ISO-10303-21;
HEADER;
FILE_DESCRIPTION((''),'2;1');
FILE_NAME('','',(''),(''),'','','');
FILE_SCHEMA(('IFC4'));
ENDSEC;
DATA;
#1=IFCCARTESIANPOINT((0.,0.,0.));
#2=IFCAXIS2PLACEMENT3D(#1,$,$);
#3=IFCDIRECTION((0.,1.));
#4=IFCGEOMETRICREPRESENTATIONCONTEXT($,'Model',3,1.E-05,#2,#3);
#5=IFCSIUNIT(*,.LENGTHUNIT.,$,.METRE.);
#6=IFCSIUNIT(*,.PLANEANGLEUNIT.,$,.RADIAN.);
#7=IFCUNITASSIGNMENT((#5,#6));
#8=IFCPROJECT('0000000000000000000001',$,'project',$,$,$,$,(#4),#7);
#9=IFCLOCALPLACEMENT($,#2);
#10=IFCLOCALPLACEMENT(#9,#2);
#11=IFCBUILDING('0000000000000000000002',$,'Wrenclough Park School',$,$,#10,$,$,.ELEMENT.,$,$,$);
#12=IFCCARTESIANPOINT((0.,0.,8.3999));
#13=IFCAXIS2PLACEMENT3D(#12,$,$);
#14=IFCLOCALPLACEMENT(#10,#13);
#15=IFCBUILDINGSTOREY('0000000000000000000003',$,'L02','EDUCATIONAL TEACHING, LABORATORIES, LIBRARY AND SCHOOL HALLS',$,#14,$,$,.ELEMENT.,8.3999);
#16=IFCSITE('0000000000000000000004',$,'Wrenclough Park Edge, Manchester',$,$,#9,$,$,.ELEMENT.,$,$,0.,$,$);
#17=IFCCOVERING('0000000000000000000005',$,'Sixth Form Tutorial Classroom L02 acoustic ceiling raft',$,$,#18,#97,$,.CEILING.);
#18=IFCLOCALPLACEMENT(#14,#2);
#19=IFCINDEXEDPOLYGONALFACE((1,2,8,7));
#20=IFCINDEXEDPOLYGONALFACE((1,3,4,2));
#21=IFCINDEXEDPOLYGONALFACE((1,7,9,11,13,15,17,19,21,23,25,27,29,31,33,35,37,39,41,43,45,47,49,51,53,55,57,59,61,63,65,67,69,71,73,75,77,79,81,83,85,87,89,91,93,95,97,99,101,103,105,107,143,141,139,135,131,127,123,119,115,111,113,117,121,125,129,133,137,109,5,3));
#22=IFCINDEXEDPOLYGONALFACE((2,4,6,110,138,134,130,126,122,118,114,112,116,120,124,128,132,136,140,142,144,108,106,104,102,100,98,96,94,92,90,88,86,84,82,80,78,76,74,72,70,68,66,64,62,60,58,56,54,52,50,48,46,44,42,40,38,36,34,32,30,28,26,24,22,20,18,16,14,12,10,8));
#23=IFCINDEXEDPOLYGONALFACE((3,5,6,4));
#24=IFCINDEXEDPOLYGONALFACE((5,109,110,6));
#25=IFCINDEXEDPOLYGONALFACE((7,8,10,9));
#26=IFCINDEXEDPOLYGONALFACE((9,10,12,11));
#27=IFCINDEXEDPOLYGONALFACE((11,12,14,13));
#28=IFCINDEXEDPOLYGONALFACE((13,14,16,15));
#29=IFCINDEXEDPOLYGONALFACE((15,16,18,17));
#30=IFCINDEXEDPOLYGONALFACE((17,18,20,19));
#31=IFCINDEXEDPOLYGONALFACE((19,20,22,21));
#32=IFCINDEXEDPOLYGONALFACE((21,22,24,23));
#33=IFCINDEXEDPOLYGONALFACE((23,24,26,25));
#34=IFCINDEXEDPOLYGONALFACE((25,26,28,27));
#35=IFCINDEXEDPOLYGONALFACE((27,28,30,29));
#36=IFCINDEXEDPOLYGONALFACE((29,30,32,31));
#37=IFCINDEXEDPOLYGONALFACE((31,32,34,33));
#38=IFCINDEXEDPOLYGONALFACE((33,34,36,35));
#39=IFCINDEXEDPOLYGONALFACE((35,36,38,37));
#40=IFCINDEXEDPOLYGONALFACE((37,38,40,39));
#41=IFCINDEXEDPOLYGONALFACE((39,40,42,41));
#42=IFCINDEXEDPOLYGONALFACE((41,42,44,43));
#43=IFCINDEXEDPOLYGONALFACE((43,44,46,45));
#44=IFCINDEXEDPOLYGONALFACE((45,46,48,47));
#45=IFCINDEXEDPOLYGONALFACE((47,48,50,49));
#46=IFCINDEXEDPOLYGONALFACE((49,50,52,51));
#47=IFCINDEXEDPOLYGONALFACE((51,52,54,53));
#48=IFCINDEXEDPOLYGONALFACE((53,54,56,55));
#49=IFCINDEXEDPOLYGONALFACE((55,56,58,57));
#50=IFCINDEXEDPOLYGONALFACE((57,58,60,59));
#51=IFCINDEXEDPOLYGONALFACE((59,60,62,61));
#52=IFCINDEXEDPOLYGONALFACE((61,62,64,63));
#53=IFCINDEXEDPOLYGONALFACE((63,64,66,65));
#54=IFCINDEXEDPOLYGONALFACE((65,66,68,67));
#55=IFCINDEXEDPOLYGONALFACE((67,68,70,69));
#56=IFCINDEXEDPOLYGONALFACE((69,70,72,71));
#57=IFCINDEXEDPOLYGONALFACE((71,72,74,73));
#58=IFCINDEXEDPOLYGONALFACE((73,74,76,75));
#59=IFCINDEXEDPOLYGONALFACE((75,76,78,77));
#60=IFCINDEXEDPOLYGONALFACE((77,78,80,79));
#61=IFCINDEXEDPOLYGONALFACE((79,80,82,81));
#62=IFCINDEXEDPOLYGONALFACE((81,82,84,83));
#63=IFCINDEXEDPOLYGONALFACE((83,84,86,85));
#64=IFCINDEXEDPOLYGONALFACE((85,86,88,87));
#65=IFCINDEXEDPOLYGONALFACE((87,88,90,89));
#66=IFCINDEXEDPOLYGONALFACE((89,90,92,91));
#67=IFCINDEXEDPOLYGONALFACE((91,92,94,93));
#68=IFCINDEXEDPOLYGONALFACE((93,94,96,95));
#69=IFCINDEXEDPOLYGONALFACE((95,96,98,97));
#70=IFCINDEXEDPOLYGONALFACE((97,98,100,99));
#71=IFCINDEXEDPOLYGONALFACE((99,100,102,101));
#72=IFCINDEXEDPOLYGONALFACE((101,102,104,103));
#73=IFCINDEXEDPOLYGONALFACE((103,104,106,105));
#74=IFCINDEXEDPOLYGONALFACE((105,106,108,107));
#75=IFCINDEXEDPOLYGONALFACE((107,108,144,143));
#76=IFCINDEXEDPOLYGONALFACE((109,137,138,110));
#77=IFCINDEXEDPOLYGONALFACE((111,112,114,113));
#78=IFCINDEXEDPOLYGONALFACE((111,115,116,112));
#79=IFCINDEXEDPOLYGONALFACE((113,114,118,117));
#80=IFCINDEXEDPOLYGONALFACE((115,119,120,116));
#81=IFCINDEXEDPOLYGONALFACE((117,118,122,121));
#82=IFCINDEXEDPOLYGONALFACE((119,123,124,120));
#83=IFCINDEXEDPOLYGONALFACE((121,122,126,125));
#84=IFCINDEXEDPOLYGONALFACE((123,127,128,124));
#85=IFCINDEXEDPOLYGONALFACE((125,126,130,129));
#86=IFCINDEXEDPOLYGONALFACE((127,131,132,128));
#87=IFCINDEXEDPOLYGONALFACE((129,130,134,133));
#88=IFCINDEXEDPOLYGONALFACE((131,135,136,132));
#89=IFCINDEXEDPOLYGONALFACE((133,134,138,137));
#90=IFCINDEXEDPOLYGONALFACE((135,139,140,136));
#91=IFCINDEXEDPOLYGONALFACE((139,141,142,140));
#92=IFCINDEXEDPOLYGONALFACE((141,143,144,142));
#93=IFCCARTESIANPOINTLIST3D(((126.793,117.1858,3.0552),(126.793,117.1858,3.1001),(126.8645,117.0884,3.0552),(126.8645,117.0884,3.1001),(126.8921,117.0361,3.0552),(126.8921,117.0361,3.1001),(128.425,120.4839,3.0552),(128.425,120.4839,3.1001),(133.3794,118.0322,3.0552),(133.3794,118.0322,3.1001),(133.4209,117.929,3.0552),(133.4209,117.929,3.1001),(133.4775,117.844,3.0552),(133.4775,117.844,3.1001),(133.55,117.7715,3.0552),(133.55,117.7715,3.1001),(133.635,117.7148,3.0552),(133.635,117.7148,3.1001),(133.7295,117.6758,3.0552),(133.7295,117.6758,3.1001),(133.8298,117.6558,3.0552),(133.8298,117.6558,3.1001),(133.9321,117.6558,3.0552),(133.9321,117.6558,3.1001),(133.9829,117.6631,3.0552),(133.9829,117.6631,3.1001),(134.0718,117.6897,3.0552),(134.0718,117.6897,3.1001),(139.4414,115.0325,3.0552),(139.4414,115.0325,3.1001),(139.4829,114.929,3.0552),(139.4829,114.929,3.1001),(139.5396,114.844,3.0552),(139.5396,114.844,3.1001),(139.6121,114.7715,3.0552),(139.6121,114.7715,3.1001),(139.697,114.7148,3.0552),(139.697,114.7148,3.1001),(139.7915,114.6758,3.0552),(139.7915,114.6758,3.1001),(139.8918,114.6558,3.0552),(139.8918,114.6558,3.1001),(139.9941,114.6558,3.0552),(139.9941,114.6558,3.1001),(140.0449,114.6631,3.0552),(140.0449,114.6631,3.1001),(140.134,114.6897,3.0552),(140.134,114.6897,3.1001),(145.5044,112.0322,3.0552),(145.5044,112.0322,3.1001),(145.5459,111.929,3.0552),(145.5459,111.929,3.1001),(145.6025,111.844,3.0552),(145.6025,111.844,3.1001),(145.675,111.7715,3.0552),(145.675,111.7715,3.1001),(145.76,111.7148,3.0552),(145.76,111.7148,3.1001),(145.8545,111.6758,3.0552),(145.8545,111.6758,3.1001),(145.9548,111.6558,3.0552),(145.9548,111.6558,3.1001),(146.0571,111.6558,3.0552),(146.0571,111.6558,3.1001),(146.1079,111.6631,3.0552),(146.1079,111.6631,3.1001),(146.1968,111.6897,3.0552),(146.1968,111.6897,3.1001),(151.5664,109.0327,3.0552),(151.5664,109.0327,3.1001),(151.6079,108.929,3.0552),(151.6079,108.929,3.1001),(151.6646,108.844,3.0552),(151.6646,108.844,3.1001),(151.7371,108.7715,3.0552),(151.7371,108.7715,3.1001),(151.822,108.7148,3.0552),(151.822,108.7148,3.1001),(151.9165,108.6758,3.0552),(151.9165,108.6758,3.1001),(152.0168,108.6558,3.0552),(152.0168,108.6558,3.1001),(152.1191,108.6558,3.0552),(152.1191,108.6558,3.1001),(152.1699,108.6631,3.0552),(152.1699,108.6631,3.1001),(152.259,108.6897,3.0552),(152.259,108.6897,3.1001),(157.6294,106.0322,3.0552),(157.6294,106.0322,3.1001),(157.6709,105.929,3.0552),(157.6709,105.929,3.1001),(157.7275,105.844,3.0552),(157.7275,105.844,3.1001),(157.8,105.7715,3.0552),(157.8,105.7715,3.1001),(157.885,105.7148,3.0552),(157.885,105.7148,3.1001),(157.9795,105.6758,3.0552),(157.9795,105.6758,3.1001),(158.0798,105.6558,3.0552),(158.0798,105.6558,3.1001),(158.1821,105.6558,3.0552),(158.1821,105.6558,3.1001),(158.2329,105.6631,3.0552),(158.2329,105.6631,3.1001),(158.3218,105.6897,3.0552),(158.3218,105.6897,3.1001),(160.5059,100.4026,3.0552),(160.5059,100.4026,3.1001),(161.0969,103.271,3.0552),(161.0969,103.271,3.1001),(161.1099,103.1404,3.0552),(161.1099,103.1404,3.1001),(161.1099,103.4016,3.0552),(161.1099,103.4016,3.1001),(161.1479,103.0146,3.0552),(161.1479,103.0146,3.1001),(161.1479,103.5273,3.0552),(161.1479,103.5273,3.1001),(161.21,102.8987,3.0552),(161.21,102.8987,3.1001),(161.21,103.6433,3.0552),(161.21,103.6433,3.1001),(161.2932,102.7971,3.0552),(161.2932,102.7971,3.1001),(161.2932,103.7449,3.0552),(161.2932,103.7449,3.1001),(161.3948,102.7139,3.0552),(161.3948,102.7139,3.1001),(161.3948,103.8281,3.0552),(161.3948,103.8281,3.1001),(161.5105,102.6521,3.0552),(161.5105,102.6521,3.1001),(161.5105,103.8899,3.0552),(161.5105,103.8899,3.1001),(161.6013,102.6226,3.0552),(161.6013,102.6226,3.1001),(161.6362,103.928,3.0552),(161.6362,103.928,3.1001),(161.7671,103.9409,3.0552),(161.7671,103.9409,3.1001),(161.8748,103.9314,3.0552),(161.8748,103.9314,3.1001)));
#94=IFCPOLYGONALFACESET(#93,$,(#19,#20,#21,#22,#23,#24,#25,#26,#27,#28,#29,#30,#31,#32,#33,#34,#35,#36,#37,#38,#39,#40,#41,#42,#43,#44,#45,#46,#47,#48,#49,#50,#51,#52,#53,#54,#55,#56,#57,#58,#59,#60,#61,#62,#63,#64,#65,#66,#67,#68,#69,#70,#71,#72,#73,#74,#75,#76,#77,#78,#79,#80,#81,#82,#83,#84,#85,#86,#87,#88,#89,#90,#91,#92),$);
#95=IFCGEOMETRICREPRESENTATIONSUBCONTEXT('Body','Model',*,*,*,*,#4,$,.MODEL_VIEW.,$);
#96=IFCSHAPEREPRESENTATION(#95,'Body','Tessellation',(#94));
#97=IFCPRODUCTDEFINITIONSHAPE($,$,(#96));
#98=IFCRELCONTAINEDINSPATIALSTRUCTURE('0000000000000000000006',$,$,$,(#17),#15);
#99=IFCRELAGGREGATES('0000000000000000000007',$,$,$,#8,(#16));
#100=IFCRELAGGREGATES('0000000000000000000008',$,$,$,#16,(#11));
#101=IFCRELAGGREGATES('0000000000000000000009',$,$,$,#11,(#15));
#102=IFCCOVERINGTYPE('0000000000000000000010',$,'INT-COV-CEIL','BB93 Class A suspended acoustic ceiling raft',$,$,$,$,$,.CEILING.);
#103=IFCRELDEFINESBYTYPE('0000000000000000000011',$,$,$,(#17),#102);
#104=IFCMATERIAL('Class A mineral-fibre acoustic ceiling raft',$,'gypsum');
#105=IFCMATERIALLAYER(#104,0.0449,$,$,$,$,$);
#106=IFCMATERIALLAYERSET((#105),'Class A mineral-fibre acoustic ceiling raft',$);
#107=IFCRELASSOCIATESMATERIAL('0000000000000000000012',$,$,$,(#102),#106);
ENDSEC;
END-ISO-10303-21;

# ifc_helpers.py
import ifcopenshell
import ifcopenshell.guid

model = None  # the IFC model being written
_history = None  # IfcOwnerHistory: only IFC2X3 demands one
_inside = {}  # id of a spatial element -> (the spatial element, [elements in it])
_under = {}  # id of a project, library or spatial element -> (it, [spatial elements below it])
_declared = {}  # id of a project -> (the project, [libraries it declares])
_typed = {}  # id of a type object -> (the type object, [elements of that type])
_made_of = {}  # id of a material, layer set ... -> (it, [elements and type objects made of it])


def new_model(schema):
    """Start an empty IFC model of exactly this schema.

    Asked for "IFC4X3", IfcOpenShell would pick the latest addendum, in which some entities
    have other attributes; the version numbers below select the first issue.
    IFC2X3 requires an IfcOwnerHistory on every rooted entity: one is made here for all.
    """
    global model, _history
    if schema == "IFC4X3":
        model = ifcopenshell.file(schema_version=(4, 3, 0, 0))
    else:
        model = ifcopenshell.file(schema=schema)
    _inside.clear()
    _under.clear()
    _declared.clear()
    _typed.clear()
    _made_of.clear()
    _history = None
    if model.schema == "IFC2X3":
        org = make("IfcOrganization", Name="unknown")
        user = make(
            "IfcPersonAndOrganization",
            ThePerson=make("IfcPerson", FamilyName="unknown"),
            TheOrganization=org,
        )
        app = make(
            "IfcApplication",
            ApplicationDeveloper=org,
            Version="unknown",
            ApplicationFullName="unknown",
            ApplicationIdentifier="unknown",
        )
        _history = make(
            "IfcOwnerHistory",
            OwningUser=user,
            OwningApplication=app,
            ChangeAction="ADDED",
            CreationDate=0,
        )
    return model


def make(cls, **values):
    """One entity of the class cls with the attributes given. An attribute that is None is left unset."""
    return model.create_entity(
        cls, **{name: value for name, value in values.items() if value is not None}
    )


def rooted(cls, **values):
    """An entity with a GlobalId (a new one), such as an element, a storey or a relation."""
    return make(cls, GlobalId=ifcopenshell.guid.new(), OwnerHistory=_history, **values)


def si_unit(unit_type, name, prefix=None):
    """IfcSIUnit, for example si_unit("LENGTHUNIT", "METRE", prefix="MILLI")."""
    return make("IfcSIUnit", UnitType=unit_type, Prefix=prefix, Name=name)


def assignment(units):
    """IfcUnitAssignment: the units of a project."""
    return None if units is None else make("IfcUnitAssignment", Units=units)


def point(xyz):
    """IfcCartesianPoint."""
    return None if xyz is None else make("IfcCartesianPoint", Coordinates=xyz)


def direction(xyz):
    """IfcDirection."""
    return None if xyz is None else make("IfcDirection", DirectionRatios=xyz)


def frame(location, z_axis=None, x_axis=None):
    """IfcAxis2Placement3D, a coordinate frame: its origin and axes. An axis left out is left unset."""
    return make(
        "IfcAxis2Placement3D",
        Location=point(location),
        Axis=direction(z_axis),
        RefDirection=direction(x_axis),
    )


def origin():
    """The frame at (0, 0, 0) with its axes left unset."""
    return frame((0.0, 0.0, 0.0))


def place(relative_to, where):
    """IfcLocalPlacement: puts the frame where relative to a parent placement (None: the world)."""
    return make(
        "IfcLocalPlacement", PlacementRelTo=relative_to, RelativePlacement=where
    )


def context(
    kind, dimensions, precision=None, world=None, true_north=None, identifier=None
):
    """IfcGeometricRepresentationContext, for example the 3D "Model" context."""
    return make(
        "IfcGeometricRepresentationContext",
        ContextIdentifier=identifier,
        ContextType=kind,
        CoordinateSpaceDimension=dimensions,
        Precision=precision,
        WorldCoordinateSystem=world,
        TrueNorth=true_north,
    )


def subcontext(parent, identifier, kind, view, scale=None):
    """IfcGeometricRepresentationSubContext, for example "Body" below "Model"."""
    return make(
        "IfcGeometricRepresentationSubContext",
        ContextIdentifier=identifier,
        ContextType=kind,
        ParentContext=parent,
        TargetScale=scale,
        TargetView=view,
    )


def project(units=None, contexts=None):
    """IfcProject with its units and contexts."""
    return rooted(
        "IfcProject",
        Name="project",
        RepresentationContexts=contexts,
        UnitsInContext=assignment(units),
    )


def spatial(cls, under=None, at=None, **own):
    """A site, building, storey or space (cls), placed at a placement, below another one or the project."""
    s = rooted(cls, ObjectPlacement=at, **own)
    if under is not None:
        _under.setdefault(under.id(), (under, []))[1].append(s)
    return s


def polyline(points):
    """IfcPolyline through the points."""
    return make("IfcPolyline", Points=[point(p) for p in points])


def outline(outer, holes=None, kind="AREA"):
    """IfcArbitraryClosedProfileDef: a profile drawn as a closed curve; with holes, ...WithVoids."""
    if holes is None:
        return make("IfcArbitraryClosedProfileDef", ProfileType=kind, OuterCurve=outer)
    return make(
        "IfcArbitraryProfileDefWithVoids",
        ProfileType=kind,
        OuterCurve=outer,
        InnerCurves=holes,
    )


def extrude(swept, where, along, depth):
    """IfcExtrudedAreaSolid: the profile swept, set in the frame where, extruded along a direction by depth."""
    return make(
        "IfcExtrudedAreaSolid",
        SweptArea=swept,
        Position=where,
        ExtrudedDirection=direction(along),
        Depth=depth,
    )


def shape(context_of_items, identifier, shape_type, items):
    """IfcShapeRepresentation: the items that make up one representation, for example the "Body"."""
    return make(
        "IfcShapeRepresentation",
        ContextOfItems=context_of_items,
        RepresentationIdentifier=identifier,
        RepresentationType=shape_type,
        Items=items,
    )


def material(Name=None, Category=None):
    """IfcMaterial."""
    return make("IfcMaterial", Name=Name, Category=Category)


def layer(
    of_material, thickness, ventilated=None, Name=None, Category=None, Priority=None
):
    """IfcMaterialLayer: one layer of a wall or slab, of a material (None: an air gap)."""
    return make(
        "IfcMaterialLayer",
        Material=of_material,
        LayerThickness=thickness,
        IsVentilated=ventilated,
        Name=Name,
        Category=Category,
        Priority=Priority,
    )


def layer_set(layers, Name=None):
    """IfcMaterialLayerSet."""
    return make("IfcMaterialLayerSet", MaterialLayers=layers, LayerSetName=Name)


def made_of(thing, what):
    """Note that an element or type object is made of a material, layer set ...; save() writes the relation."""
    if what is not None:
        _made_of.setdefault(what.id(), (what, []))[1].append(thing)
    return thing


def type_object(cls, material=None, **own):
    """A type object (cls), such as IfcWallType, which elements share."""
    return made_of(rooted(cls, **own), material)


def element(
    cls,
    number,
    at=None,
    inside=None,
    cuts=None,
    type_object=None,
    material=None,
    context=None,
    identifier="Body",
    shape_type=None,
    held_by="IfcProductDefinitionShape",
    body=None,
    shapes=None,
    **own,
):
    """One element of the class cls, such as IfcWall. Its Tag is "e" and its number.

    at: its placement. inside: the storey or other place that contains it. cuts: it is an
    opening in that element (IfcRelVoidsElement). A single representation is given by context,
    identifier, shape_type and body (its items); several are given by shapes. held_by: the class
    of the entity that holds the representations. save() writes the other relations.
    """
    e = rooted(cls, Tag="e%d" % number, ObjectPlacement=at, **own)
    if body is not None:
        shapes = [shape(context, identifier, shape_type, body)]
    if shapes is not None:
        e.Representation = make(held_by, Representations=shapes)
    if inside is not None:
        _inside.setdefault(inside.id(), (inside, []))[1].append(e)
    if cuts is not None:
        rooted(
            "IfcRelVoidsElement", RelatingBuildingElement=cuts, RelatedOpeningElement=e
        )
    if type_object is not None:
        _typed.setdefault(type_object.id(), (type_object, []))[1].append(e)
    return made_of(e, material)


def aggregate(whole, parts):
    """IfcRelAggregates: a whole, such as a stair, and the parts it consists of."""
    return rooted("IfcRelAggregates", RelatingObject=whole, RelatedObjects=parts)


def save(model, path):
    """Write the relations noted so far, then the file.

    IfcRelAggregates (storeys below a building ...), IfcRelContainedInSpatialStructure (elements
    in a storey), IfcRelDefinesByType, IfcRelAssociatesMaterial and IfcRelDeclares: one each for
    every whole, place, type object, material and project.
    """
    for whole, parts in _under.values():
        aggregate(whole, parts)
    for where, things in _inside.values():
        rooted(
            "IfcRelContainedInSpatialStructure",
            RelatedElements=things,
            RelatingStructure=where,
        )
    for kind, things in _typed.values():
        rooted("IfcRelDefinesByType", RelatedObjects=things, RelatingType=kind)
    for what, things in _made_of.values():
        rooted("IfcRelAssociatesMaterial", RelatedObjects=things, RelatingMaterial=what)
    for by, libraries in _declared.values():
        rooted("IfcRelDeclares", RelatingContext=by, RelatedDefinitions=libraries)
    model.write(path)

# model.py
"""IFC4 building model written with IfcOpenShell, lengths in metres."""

from ifc_helpers import new_model, si_unit, direction, frame, origin, place, context, subcontext, project, spatial, polyline, outline, extrude, material, layer, layer_set, type_object, element, save


model = new_model("IFC4")

# Units and contexts
model_context = context("Model", 3, precision=1e-05, world=origin(), true_north=direction((0.0, 1.0)))
body_context = subcontext(model_context, "Body", "Model", "MODEL_VIEW")
ifc_project = project(units=[si_unit("LENGTHUNIT", "METRE"), si_unit("PLANEANGLEUNIT", "RADIAN")], contexts=[model_context])

# Site, building, storey
site_placement = place(None, origin())
site = spatial("IfcSite", under=ifc_project, at=site_placement, Name="Wrenclough Park Edge, Manchester", CompositionType="ELEMENT", RefElevation=0.0)
building_placement = place(site_placement, origin())
building = spatial("IfcBuilding", under=site, at=building_placement, Name="Wrenclough Park School", CompositionType="ELEMENT")
storey_placement = place(building_placement, frame((0.0, 0.0, 8.3999)))
storey = spatial("IfcBuildingStorey", under=building, at=storey_placement, Name="L02", Description="EDUCATIONAL TEACHING, LABORATORIES, LIBRARY AND SCHOOL HALLS", CompositionType="ELEMENT", Elevation=8.3999)

# Covering
ifc_material_1 = material(Name="Class A mineral-fibre acoustic ceiling raft", Category="gypsum")
ifc_layer_1 = layer(ifc_material_1, 0.0449)
ifc_layer_set_1 = layer_set([ifc_layer_1], Name="Class A mineral-fibre acoustic ceiling raft")
covering_type_1 = type_object("IfcCoveringType", Name="INT-COV-CEIL", Description="BB93 Class A suspended acoustic ceiling raft", PredefinedType="CEILING", material=ifc_layer_set_1)
covering_1_placement = place(storey_placement, frame((0.0, 0.0, 3.0552)))
element("IfcCovering", 1, at=covering_1_placement, inside=storey, type_object=covering_type_1, Name="Sixth Form Tutorial Classroom L02 acoustic ceiling raft", PredefinedType="CEILING", context=body_context, shape_type="SweptSolid", body=[
    extrude(outline(polyline([(126.8645, 117.0884), (126.8921, 117.0361), (160.5059, 100.4026), (161.6013, 102.6226), (161.5105, 102.6521), (161.3948, 102.7139), (161.2932, 102.7971), (161.21, 102.8987), (161.1479, 103.0146), (161.1099, 103.1404), (161.0969, 103.271), (161.1099, 103.4016), (161.1479, 103.5273), (161.21, 103.6433), (161.2932, 103.7449), (161.3948, 103.8281), (161.5105, 103.8899), (161.6362, 103.928), (161.7671, 103.9409), (161.8748, 103.9314), (158.3218, 105.6897), (158.2329, 105.6631), (158.1821, 105.6558), (158.0798, 105.6558), (157.9795, 105.6758), (157.885, 105.7148), (157.8, 105.7715), (157.7275, 105.844), (157.6709, 105.929), (157.6294, 106.0322), (152.259, 108.6897), (152.1699, 108.6631), (152.1191, 108.6558), (152.0168, 108.6558), (151.9165, 108.6758), (151.822, 108.7148), (151.7371, 108.7715), (151.6646, 108.844), (151.6079, 108.929), (151.5664, 109.0327), (146.1968, 111.6897), (146.1079, 111.6631), (146.0571, 111.6558), (145.9548, 111.6558), (145.8545, 111.6758), (145.76, 111.7148), (145.675, 111.7715), (145.6025, 111.844), (145.5459, 111.929), (145.5044, 112.0322), (140.134, 114.6897), (140.0449, 114.6631), (139.9941, 114.6558), (139.8918, 114.6558), (139.7915, 114.6758), (139.697, 114.7148), (139.6121, 114.7715), (139.5396, 114.844), (139.4829, 114.929), (139.4414, 115.0325), (134.0718, 117.6897), (133.9829, 117.6631), (133.9321, 117.6558), (133.8298, 117.6558), (133.7295, 117.6758), (133.635, 117.7148), (133.55, 117.7715), (133.4775, 117.844), (133.4209, 117.929), (133.3794, 118.0322), (128.425, 120.4839), (126.793, 117.1858), (126.8645, 117.0884)])), origin(), (0.0, 0.0, 1.0), 0.0449),
])

save(model, "model.ifc")
